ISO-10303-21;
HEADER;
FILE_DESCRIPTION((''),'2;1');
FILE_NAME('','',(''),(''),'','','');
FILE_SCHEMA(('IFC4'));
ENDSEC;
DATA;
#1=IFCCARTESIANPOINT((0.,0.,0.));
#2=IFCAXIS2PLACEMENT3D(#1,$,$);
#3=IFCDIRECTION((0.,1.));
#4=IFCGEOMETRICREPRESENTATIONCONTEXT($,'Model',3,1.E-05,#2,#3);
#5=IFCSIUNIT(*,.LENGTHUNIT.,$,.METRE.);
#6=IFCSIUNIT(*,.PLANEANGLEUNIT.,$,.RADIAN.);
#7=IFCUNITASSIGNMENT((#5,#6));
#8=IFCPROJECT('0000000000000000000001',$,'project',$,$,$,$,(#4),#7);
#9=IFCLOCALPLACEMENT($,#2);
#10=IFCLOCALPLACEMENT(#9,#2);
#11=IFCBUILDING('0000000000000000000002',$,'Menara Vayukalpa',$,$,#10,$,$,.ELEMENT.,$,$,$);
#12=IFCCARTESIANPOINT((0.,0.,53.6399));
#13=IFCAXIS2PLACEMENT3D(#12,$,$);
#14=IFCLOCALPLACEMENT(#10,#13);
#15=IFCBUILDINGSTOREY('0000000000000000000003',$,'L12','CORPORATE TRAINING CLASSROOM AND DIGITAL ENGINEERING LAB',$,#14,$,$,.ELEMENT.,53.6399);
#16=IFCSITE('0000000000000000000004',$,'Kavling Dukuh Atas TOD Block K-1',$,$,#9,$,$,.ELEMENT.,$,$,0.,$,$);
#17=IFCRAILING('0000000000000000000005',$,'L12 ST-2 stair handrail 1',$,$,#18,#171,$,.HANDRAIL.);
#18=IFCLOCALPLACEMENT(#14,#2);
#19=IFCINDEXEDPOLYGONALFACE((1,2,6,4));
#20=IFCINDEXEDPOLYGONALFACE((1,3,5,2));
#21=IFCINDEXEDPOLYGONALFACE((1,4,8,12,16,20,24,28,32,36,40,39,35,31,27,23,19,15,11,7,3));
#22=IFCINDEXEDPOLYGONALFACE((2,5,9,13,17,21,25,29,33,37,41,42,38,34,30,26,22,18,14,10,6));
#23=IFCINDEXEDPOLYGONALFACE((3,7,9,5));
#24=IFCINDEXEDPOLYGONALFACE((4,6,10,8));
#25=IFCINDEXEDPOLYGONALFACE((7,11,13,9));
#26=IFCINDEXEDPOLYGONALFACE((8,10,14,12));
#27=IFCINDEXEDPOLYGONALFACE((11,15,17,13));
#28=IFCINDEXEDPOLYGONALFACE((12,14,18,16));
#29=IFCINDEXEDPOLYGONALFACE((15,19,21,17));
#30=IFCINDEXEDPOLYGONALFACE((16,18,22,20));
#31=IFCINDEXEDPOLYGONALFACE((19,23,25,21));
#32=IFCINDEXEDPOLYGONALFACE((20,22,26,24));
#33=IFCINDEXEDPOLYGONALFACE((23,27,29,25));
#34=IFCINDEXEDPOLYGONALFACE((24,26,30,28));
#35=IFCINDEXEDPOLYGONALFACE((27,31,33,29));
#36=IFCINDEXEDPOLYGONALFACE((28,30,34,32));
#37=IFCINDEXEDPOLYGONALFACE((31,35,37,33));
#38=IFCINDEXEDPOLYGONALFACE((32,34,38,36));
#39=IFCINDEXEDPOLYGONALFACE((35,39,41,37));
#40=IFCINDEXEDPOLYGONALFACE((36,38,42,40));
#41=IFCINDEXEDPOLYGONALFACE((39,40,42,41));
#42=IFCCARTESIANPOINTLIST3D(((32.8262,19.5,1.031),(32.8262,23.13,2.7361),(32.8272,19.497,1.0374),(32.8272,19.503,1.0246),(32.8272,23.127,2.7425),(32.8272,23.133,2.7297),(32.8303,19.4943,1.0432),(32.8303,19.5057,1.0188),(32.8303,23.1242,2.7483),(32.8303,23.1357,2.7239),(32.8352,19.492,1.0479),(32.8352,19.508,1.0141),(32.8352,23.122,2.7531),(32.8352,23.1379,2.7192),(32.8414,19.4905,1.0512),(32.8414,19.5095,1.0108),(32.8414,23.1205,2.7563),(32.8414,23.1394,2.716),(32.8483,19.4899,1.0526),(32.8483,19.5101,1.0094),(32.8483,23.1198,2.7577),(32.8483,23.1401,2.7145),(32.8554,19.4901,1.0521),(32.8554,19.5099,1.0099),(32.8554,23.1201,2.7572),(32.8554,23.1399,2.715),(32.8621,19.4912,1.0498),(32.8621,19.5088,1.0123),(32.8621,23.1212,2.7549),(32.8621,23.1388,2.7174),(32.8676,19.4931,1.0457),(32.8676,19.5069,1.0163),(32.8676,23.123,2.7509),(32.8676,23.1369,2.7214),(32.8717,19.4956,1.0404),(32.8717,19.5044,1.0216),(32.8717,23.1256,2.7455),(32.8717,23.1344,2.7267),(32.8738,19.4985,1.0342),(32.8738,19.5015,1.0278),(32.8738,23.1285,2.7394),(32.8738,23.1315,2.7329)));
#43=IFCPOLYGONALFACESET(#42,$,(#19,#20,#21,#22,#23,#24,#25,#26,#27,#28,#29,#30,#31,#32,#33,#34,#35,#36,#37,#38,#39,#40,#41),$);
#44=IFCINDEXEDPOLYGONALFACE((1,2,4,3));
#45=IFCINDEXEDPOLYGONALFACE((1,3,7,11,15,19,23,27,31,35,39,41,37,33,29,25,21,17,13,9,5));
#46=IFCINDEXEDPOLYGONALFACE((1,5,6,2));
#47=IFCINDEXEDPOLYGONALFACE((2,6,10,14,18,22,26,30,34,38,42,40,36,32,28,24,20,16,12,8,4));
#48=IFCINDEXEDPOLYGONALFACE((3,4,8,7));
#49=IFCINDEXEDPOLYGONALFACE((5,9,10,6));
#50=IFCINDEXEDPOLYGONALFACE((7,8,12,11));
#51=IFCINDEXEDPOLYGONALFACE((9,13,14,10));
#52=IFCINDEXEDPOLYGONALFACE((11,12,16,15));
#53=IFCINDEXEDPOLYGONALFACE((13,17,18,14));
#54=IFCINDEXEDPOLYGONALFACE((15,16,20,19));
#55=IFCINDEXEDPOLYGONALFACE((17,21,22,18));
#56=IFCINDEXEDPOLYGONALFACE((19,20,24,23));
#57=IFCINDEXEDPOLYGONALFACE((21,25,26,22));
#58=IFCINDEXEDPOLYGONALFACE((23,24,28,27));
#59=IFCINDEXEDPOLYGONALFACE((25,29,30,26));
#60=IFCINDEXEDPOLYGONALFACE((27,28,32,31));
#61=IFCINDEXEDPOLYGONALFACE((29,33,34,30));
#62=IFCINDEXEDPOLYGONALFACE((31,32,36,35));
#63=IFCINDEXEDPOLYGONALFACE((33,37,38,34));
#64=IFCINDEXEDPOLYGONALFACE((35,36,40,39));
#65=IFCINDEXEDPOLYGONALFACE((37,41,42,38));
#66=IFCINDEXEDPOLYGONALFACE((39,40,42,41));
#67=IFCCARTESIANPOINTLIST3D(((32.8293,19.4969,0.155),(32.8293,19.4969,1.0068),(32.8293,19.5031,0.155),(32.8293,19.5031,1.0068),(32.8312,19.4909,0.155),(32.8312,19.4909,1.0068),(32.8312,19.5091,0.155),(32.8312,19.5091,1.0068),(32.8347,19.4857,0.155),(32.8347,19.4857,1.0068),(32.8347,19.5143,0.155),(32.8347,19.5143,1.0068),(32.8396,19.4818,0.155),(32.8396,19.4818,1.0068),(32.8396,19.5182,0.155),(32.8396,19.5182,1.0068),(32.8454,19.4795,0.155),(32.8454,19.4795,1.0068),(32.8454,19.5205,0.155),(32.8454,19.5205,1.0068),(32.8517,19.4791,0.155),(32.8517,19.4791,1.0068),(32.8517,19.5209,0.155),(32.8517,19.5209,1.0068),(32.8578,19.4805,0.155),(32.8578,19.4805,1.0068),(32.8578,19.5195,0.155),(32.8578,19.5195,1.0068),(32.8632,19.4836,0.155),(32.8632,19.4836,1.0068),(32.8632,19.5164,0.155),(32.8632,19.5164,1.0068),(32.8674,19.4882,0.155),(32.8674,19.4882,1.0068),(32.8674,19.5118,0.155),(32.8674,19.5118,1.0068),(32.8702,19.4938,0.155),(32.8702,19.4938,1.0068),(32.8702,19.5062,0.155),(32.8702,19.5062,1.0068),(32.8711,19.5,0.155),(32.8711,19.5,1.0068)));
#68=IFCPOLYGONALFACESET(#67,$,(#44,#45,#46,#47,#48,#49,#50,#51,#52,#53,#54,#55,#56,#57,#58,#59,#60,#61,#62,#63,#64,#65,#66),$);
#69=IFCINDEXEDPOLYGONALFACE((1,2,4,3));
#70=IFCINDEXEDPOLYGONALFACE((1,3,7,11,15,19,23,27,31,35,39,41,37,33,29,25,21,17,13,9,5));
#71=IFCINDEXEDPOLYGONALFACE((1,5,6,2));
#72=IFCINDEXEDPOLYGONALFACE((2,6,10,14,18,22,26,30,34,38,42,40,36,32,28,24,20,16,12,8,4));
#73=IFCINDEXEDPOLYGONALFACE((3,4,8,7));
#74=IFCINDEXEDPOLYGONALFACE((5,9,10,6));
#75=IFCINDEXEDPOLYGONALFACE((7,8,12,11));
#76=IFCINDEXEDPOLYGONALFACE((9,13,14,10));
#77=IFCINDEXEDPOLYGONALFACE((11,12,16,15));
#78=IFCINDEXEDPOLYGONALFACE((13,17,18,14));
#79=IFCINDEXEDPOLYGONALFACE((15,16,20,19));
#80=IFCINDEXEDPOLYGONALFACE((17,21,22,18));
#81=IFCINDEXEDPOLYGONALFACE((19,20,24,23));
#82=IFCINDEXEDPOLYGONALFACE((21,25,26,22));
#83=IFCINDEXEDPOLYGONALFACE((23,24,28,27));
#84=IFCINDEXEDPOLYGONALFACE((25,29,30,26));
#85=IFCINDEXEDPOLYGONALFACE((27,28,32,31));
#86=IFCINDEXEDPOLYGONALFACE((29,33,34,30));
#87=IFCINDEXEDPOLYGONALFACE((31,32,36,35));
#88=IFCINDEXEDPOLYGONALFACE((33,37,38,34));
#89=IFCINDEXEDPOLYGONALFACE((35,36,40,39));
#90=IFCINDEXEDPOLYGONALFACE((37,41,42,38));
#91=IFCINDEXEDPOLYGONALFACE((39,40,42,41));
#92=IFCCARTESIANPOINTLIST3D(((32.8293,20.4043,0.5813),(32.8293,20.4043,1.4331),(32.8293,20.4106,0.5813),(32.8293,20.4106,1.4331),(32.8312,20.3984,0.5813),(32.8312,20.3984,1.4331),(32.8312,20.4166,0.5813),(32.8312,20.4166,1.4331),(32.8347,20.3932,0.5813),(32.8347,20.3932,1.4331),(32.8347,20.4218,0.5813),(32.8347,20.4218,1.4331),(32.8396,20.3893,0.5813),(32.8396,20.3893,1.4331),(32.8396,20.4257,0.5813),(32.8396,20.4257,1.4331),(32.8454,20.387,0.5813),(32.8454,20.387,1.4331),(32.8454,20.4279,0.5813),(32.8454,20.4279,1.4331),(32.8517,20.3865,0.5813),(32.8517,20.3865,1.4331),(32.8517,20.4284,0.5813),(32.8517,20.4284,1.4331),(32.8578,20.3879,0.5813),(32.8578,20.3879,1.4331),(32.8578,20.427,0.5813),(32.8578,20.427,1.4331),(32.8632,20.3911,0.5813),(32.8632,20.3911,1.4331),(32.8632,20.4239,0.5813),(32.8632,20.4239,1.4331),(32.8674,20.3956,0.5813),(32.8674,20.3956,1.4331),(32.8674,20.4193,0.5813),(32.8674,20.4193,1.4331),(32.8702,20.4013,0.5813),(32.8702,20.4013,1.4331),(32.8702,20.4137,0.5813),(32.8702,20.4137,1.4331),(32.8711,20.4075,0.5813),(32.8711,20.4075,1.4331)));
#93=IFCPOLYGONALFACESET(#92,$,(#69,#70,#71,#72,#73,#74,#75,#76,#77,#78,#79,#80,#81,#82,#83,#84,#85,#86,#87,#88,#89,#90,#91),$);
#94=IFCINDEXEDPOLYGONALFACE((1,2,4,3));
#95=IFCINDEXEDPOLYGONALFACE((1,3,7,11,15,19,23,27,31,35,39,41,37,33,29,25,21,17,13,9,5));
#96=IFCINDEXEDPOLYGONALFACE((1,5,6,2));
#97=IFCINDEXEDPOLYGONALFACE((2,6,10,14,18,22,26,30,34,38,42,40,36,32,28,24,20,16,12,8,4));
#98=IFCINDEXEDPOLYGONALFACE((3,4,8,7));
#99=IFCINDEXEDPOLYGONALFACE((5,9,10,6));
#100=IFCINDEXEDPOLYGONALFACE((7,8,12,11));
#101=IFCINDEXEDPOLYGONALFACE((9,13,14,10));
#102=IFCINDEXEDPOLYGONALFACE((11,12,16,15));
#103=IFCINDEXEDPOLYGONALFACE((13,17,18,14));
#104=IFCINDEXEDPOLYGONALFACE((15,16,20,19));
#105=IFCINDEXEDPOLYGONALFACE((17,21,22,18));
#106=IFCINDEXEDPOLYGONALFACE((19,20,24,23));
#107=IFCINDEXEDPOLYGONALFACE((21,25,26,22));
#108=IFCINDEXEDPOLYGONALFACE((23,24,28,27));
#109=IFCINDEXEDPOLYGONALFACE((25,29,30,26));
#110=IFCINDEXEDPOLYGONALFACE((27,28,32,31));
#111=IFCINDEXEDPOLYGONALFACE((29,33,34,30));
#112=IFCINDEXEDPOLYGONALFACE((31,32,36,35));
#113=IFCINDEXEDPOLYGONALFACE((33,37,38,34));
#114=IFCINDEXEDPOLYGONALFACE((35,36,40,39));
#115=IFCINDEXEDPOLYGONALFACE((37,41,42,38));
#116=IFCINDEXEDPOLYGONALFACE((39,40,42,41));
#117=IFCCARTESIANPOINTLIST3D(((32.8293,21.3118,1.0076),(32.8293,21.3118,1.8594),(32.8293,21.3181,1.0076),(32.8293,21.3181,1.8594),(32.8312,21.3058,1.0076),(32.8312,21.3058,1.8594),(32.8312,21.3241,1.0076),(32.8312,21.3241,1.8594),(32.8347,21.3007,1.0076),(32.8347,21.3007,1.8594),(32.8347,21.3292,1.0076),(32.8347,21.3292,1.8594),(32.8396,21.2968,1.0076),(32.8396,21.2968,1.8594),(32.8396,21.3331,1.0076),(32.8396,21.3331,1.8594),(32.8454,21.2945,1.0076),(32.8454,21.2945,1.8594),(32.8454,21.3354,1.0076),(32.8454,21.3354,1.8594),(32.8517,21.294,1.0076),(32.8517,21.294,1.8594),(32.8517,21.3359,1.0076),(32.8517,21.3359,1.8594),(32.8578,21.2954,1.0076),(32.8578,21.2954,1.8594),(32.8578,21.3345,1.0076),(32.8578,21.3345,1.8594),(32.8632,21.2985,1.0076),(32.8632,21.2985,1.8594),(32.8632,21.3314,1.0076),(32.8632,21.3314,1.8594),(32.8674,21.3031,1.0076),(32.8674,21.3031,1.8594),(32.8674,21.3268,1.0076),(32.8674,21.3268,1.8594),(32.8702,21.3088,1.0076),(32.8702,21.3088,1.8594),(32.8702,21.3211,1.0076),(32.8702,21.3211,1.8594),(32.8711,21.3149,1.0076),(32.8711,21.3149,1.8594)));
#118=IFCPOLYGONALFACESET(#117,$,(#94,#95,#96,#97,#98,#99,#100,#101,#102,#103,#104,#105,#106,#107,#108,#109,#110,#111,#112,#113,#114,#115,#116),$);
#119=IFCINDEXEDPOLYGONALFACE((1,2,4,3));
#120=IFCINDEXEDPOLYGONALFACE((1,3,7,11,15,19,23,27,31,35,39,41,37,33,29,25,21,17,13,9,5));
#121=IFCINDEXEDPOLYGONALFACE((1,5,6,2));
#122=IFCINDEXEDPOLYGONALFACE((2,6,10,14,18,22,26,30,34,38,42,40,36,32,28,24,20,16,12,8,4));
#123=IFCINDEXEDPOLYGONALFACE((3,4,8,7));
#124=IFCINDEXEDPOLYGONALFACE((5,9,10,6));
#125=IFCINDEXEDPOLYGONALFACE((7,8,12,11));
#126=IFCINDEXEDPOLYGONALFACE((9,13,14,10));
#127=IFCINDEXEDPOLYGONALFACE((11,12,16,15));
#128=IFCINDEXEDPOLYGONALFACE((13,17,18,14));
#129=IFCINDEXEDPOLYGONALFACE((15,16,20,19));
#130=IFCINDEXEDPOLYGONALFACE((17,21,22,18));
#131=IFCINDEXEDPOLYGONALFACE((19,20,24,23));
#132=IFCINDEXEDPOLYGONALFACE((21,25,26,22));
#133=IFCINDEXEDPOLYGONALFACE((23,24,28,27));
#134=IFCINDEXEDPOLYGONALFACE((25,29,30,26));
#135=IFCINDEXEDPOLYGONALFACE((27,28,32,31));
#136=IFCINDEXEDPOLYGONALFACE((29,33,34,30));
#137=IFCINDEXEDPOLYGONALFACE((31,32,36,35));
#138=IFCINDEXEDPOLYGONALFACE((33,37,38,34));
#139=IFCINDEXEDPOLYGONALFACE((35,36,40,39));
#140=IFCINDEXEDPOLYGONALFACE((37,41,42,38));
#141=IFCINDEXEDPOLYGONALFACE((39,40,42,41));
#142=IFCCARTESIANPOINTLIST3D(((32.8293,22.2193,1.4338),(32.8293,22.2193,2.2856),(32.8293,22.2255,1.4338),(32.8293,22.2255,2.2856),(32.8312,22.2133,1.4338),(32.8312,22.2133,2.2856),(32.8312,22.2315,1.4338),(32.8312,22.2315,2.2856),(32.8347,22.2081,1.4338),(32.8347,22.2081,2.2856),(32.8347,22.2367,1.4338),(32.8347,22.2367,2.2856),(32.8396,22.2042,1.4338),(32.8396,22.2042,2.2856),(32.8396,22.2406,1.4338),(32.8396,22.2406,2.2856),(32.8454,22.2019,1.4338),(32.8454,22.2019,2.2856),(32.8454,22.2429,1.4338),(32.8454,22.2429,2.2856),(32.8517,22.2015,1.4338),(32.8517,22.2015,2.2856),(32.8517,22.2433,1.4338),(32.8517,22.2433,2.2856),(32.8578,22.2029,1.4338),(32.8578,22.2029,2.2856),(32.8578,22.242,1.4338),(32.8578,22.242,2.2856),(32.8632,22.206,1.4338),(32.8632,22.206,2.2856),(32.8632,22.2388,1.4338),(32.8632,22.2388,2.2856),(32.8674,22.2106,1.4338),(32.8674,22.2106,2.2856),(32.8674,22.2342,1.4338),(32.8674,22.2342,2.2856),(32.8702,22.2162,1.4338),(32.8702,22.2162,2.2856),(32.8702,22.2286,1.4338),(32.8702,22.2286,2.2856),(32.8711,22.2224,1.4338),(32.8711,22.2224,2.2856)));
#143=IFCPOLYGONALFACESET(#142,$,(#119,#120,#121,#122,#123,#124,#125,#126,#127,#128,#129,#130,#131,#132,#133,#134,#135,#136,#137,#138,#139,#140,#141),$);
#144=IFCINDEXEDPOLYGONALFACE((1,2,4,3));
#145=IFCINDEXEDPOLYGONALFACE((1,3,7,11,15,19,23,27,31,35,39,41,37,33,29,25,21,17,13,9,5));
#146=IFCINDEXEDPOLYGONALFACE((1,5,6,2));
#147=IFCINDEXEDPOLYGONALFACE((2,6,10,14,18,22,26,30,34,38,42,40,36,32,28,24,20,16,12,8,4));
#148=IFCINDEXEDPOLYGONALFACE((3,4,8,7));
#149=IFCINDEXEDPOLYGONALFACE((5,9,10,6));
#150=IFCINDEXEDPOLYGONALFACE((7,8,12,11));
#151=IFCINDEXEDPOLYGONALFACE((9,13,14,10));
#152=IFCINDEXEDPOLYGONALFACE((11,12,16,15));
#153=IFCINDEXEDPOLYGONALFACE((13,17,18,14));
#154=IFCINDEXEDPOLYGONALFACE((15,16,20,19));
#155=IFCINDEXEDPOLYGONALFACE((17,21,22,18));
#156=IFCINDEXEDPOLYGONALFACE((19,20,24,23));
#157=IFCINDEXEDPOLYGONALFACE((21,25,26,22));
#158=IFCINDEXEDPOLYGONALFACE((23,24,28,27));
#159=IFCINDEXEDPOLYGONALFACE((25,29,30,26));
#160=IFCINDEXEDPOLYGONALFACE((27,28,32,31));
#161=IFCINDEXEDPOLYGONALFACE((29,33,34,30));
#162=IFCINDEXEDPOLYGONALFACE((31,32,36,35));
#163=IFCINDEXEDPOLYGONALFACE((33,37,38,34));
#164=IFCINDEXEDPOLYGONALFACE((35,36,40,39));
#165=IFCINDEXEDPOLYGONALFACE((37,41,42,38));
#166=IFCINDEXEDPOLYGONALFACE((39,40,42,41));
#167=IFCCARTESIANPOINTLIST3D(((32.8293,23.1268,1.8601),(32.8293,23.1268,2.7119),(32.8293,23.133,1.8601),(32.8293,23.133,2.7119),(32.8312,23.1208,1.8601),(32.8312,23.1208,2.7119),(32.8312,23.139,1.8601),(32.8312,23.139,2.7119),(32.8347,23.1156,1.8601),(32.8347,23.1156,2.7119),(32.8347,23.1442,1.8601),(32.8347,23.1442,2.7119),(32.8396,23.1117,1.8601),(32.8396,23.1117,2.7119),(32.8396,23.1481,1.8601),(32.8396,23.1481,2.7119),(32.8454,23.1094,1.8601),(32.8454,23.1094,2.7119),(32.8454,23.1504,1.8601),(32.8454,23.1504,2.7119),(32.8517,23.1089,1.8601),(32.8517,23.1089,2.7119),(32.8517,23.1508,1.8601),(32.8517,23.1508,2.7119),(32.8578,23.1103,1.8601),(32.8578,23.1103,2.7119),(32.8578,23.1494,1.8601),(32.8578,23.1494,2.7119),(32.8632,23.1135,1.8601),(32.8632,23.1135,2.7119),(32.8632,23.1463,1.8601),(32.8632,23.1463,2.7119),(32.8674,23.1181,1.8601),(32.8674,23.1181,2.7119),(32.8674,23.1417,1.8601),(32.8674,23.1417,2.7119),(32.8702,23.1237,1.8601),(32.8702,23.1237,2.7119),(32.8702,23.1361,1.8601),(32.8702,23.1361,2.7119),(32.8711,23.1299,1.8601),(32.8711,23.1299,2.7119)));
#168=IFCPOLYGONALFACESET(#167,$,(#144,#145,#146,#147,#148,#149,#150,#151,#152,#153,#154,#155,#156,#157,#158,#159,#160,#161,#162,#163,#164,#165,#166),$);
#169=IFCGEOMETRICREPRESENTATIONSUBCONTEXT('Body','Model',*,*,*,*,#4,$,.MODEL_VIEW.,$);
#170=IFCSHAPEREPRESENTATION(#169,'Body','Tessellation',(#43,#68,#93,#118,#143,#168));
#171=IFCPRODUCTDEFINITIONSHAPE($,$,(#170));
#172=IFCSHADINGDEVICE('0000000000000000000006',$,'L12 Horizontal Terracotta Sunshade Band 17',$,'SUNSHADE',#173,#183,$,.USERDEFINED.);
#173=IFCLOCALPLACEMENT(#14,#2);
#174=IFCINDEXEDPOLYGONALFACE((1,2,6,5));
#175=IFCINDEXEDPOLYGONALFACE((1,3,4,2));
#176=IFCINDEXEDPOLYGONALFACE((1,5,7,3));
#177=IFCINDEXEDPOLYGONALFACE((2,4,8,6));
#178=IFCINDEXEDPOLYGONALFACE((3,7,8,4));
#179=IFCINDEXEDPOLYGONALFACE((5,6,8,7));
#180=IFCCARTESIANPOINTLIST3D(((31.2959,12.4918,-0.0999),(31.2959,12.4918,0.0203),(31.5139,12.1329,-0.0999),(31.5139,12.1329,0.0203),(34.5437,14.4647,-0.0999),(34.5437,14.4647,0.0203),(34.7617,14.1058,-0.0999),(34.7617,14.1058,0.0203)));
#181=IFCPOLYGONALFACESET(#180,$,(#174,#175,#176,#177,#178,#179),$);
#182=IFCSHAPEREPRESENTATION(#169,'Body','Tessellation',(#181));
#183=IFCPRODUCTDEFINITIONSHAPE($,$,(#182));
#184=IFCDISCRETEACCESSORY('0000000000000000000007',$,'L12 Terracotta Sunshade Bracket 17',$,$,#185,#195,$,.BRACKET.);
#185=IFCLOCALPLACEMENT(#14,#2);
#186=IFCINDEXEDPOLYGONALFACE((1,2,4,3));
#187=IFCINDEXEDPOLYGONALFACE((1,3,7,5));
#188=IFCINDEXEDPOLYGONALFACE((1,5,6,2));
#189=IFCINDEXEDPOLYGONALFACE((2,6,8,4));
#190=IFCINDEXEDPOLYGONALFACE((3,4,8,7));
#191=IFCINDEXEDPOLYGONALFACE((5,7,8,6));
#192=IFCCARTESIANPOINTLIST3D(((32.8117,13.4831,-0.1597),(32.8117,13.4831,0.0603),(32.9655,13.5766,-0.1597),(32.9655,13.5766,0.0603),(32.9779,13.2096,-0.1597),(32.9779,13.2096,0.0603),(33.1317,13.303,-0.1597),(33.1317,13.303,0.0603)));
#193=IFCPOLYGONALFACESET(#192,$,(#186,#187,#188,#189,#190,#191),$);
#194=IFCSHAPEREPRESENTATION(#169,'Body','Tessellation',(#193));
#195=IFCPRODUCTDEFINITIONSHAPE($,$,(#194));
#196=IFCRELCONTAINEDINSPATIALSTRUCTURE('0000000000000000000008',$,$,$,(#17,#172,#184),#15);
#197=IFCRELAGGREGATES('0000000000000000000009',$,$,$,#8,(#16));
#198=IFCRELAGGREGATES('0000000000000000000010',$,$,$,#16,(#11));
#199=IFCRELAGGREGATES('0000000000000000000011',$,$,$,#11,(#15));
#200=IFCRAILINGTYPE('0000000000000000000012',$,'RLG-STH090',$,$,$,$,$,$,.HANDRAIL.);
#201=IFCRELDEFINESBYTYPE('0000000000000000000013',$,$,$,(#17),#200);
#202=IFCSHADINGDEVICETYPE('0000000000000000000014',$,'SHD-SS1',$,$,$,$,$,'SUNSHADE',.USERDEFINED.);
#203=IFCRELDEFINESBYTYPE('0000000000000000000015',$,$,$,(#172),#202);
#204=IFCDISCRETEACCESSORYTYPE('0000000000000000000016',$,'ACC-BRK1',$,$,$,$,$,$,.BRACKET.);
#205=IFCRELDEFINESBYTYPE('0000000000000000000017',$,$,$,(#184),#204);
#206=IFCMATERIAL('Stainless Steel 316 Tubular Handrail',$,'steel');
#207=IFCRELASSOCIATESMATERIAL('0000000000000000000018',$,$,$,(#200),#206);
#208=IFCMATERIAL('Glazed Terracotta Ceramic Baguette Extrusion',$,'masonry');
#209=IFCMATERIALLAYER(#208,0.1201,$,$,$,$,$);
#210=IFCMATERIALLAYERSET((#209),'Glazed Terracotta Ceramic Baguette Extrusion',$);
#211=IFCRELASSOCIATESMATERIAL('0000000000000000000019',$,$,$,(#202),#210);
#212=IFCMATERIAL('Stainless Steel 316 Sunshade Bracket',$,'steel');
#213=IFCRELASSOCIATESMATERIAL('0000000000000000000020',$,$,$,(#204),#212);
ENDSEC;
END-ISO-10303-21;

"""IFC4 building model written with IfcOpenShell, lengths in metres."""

from ifc_helpers import new_model, si_unit, direction, frame, origin, origin_2d, place, context, subcontext, project, spatial, rectangle, circle, extrude, material, layer, layer_set, type_object, element, save


model = new_model("IFC4")

# Units and contexts
model_context = context("Model", 3, precision=1e-05, world=origin(), true_north=direction((0.0, 1.0)))
body_context = subcontext(model_context, "Body", "Model", "MODEL_VIEW")
ifc_project = project(units=[si_unit("LENGTHUNIT", "METRE"), si_unit("PLANEANGLEUNIT", "RADIAN")], contexts=[model_context])

# Site, building, storey
site_placement = place(None, origin())
site = spatial("IfcSite", under=ifc_project, at=site_placement, Name="Kavling Dukuh Atas TOD Block K-1", CompositionType="ELEMENT", RefElevation=0.0)
building_placement = place(site_placement, origin())
building = spatial("IfcBuilding", under=site, at=building_placement, Name="Menara Vayukalpa", CompositionType="ELEMENT")
storey_placement = place(building_placement, frame((0.0, 0.0, 53.6399)))
storey = spatial("IfcBuildingStorey", under=building, at=storey_placement, Name="L12", Description="CORPORATE TRAINING CLASSROOM AND DIGITAL ENGINEERING LAB", CompositionType="ELEMENT", Elevation=53.6399)

# Railing
ifc_material_1 = material(Name="Stainless Steel 316 Tubular Handrail", Category="steel")
railing_type_1 = type_object("IfcRailingType", Name="RLG-STH090", PredefinedType="HANDRAIL", material=ifc_material_1)
railing_1_placement = place(storey_placement, frame((32.8501, 19.5, 0.155)))
element("IfcRailing", 1, at=railing_1_placement, inside=storey, type_object=railing_type_1, Name="L12 ST-2 stair handrail 1", PredefinedType="HANDRAIL", context=body_context, shape_type="SweptSolid", body=[
    extrude(circle(Radius=0.0239, at=origin_2d()), frame((0.0, 0.0, 0.876), z_axis=(0.0, 0.905116, 0.425164), x_axis=(-1.0, 0.0, 0.0)), (0.0, 0.0, 1.0), 4.0105),
    extrude(circle(Radius=0.021, at=origin_2d()), origin(), (0.0, 0.0, 1.0), 0.8518),
    extrude(circle(Radius=0.021, at=origin_2d()), frame((0.0, 0.9075, 0.4263)), (0.0, 0.0, 1.0), 0.8518),
    extrude(circle(Radius=0.021, at=origin_2d()), frame((0.0, 1.8149, 0.8525)), (0.0, 0.0, 1.0), 0.8518),
    extrude(circle(Radius=0.021, at=origin_2d()), frame((0.0, 2.7224, 1.2788)), (0.0, 0.0, 1.0), 0.8518),
    extrude(circle(Radius=0.021, at=origin_2d()), frame((0.0, 3.6299, 1.7051)), (0.0, 0.0, 1.0), 0.8518),
])

# Shading device
ifc_material_2 = material(Name="Glazed Terracotta Ceramic Baguette Extrusion", Category="masonry")
ifc_layer_1 = layer(ifc_material_2, 0.1201)
ifc_layer_set_1 = layer_set([ifc_layer_1], Name="Glazed Terracotta Ceramic Baguette Extrusion")
shading_device_type = type_object("IfcShadingDeviceType", Name="SHD-SS1", ElementType="SUNSHADE", PredefinedType="USERDEFINED", material=ifc_layer_set_1)
shading_device_placement = place(storey_placement, frame((33.0288, 13.2988, -0.0999), z_axis=(0.0, 0.0, 1.0), x_axis=(0.854667, 0.519176, 0.0)))
element("IfcShadingDevice", 2, at=shading_device_placement, inside=storey, type_object=shading_device_type, Name="L12 Horizontal Terracotta Sunshade Band 17", ObjectType="SUNSHADE", PredefinedType="USERDEFINED", context=body_context, shape_type="SweptSolid", body=[
    extrude(rectangle(XDim=3.8, YDim=0.4199, at=origin_2d()), origin(), (0.0, 0.0, 1.0), 0.1201),
])

# Discrete accessory
ifc_material_3 = material(Name="Stainless Steel 316 Sunshade Bracket", Category="steel")
discrete_accessory_type = type_object("IfcDiscreteAccessoryType", Name="ACC-BRK1", PredefinedType="BRACKET", material=ifc_material_3)
discrete_accessory_placement = place(storey_placement, frame((32.9717, 13.3931, -0.1597), z_axis=(0.0, 0.0, 1.0), x_axis=(0.854667, 0.519176, 0.0)))
element("IfcDiscreteAccessory", 3, at=discrete_accessory_placement, inside=storey, type_object=discrete_accessory_type, Name="L12 Terracotta Sunshade Bracket 17", PredefinedType="BRACKET", context=body_context, shape_type="SweptSolid", body=[
    extrude(rectangle(XDim=0.1799, YDim=0.3201, at=origin_2d()), origin(), (0.0, 0.0, 1.0), 0.22),
])

save(model, "model.ifc")
